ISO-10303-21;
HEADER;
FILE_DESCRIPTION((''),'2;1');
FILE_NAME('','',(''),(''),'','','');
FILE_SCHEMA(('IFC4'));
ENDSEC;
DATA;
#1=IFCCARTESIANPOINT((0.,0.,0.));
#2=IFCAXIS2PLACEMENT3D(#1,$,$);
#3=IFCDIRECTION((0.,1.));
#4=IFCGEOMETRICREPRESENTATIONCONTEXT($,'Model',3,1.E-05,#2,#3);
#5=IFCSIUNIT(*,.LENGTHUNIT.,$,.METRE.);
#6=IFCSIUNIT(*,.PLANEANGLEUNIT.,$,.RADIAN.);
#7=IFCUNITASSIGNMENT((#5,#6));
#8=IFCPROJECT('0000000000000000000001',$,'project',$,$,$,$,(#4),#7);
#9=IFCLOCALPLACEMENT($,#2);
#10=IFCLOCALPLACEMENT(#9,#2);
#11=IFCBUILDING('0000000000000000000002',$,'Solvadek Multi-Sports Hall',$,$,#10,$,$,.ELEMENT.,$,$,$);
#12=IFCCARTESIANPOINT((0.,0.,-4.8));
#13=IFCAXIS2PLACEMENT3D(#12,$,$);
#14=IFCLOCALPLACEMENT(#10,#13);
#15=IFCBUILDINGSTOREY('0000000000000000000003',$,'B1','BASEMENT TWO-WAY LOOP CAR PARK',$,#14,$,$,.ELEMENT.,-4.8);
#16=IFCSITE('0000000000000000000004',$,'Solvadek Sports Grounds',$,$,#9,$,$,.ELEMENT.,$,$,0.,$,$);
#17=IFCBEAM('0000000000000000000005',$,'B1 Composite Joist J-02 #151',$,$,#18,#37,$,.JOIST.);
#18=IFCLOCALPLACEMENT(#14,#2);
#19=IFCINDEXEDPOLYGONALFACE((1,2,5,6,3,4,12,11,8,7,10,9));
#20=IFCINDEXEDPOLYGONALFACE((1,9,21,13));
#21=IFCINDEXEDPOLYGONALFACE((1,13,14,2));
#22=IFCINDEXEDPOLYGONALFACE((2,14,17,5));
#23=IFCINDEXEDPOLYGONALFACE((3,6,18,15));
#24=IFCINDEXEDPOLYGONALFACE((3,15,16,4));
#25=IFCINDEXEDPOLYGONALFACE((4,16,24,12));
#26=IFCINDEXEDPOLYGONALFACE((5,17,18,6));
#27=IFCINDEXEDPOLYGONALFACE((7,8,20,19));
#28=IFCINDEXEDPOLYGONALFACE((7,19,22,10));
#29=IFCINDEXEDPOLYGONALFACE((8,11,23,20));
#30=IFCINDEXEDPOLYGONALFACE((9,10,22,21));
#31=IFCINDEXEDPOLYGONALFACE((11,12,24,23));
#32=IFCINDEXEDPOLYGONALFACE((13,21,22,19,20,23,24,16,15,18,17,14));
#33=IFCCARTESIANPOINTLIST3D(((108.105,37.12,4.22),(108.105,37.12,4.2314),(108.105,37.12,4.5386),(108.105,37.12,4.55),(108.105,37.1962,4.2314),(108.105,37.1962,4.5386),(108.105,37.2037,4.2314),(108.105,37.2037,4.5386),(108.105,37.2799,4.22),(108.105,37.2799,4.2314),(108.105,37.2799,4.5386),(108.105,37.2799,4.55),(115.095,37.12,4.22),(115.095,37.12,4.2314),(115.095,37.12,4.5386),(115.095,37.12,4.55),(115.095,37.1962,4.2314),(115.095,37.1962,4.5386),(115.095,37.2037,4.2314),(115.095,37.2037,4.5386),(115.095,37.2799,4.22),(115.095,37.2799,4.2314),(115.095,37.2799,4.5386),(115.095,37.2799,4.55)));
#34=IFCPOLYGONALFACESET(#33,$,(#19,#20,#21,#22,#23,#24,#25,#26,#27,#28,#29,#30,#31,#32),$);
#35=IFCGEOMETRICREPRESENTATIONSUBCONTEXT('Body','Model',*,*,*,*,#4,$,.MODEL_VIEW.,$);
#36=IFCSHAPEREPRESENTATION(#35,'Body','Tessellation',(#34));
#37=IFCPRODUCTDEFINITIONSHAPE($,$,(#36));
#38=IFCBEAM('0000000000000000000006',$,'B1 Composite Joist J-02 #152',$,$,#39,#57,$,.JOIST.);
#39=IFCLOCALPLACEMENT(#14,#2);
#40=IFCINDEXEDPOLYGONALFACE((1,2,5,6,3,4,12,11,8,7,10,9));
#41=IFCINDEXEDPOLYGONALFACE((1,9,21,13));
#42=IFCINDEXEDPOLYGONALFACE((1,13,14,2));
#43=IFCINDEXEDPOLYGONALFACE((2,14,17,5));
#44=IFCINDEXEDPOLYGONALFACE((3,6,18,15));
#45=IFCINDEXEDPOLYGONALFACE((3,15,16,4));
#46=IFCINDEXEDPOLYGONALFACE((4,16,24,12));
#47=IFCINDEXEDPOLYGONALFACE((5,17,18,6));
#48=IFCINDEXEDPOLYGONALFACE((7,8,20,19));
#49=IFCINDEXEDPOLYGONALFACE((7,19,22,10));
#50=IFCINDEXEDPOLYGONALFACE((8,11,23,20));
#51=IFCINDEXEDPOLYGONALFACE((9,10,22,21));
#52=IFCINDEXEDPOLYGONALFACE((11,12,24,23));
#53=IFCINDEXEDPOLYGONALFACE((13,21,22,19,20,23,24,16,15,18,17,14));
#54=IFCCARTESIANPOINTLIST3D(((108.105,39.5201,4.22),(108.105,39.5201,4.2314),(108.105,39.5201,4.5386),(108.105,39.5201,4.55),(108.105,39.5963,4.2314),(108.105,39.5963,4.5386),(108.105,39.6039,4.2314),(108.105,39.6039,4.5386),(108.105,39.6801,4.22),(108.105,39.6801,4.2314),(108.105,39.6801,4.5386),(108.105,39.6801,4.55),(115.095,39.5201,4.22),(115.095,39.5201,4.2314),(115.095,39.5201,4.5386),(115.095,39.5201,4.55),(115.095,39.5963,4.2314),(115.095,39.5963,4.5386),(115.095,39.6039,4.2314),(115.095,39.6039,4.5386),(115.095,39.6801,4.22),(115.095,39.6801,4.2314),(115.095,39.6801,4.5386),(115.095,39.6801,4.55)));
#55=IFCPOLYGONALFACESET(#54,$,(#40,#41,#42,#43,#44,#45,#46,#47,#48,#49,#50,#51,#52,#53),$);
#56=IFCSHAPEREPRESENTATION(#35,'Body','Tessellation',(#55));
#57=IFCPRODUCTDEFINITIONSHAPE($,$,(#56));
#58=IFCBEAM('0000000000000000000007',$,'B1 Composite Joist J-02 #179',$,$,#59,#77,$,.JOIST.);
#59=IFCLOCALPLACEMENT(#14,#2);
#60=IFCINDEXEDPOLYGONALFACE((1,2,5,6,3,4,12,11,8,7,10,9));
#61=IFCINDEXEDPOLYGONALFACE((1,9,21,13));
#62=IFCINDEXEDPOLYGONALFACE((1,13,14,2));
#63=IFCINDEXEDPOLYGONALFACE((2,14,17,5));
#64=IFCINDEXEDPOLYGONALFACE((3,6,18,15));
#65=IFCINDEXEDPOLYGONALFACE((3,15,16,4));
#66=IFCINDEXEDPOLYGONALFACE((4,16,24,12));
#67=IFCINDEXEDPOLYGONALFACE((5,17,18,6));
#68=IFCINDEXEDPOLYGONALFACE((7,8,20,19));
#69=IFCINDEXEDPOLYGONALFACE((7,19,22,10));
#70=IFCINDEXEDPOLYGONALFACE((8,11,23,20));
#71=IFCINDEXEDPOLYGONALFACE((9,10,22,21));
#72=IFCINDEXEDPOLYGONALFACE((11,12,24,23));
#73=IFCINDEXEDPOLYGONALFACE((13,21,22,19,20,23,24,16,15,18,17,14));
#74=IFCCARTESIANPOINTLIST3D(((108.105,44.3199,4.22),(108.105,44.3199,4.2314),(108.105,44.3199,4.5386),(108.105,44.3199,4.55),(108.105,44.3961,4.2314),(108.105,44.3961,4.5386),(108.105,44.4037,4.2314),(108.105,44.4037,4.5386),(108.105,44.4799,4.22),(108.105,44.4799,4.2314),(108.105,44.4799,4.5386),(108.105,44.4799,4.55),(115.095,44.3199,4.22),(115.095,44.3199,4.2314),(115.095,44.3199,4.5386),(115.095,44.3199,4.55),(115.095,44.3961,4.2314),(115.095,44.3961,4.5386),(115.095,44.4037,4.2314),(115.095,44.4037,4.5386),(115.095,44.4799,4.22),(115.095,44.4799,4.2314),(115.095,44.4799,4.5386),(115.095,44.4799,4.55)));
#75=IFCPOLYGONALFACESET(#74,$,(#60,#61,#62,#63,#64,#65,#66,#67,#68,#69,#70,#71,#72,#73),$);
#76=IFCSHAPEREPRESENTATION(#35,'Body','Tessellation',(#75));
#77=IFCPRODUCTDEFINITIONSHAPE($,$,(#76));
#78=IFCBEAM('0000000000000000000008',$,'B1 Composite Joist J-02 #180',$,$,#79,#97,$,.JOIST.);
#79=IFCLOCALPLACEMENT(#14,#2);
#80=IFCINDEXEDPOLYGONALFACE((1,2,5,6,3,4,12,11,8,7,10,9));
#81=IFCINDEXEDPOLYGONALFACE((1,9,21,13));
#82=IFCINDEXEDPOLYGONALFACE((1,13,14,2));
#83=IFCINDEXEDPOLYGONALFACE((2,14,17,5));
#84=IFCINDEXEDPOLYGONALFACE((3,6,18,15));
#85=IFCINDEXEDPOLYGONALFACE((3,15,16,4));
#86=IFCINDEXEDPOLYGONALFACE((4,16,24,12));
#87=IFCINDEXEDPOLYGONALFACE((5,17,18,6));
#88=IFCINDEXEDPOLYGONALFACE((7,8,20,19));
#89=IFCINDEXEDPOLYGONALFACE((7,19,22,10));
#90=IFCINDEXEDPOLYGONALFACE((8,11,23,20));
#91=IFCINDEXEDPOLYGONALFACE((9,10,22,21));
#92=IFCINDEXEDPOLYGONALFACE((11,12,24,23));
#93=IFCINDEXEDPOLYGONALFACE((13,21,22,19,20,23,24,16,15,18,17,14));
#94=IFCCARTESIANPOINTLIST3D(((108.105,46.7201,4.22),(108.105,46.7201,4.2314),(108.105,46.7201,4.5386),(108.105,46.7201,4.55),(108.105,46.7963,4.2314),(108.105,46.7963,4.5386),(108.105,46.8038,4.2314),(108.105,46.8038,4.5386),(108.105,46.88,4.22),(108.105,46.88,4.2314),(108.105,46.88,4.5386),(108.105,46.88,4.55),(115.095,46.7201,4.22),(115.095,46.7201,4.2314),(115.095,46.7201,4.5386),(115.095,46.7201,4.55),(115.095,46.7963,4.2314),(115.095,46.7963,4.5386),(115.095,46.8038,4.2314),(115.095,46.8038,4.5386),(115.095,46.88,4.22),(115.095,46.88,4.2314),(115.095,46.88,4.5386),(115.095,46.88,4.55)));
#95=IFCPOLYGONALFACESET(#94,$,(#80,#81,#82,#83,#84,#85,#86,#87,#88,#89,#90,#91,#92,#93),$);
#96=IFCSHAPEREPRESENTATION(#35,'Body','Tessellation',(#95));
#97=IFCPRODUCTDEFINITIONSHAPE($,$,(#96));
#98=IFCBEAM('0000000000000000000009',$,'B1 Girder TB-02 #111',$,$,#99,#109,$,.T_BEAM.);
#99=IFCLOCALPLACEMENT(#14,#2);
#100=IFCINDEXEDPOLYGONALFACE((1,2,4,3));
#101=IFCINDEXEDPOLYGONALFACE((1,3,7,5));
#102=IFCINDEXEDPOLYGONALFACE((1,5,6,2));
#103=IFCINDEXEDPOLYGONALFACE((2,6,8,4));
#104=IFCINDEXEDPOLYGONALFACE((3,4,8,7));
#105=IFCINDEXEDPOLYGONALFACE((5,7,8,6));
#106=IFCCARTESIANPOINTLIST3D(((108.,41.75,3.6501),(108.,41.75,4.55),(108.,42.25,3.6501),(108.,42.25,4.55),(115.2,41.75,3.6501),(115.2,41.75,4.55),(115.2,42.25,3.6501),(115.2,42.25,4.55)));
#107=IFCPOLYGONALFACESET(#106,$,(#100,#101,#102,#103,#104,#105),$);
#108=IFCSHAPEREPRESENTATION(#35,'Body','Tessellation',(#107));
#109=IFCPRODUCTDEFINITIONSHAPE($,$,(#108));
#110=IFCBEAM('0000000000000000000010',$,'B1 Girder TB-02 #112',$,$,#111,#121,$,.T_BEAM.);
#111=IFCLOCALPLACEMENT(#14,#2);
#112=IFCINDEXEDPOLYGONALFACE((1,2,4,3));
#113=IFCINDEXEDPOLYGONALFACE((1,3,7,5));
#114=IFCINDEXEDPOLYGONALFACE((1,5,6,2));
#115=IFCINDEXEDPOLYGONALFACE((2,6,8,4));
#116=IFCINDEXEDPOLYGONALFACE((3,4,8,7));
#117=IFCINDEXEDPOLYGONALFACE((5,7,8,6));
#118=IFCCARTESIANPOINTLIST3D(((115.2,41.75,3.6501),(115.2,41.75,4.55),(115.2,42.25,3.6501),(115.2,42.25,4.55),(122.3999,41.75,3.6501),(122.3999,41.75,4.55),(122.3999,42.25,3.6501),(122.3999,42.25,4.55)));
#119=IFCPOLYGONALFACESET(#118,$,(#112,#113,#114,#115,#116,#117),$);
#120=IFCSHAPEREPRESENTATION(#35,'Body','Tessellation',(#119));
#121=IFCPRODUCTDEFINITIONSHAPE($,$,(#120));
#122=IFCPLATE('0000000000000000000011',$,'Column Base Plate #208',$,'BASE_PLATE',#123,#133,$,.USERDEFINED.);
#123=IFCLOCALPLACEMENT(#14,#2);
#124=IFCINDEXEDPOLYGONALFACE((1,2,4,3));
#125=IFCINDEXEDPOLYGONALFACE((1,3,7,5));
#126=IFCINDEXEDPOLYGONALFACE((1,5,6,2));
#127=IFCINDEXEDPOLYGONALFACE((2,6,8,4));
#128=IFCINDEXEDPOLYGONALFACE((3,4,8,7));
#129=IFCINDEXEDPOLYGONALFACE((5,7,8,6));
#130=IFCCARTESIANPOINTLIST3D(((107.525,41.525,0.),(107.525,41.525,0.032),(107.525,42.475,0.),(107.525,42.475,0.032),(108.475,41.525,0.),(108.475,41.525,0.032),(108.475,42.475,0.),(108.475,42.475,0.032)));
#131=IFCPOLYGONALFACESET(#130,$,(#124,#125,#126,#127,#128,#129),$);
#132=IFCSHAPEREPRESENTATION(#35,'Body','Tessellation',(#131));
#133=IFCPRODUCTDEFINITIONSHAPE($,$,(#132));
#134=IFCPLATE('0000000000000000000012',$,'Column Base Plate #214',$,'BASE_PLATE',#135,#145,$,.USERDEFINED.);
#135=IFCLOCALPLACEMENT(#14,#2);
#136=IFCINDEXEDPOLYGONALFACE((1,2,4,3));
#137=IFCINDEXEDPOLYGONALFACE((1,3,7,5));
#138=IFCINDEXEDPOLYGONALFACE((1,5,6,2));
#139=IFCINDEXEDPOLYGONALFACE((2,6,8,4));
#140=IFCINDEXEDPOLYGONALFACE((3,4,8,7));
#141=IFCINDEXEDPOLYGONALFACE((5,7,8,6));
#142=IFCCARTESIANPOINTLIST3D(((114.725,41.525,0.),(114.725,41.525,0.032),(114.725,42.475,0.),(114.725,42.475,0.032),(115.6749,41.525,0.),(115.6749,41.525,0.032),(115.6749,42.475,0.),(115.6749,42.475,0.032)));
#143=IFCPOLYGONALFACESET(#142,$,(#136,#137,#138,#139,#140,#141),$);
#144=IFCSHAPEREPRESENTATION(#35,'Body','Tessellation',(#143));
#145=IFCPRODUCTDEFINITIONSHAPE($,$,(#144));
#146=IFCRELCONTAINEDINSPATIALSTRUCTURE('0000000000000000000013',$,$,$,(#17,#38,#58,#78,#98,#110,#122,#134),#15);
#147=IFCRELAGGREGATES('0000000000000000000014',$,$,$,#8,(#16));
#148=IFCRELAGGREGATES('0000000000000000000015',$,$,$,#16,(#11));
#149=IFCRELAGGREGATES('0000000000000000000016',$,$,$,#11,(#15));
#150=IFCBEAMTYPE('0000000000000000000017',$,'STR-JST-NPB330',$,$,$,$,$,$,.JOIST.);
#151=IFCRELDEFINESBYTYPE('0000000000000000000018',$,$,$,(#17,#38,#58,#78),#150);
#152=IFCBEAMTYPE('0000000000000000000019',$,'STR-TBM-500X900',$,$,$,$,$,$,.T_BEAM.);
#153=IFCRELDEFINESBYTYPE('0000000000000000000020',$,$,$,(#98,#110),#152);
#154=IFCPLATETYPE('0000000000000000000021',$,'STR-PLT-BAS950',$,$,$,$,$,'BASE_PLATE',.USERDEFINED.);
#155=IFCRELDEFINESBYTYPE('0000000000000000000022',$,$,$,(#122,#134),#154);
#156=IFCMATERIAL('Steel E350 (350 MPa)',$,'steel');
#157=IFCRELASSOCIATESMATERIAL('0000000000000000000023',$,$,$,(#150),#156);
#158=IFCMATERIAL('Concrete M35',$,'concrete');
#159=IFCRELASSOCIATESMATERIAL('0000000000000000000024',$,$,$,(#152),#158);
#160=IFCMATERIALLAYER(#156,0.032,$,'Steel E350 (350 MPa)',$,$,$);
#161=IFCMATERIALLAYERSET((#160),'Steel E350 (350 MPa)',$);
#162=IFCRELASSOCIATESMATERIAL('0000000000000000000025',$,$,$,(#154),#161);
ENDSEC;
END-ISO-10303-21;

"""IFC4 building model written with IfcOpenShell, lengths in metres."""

from ifc_helpers import new_model, si_unit, direction, frame, origin, origin_2d, place, context, subcontext, project, spatial, rectangle, i_section, extrude, material, layer, layer_set, material_profile, profile_set, type_object, element, save


model = new_model("IFC4")

# Units and contexts
model_context = context("Model", 3, precision=1e-05, world=origin(), true_north=direction((0.0, 1.0)))
body_context = subcontext(model_context, "Body", "Model", "MODEL_VIEW")
ifc_project = project(units=[si_unit("LENGTHUNIT", "METRE"), si_unit("PLANEANGLEUNIT", "RADIAN")], contexts=[model_context])

# Site, building, storey
site_placement = place(None, origin())
site = spatial("IfcSite", under=ifc_project, at=site_placement, Name="Solvadek Sports Grounds", CompositionType="ELEMENT", RefElevation=0.0)
building_placement = place(site_placement, origin())
building = spatial("IfcBuilding", under=site, at=building_placement, Name="Solvadek Multi-Sports Hall", CompositionType="ELEMENT")
storey_placement = place(building_placement, frame((0.0, 0.0, -4.8)))
storey = spatial("IfcBuildingStorey", under=building, at=storey_placement, Name="B1", Description="BASEMENT TWO-WAY LOOP CAR PARK", CompositionType="ELEMENT", Elevation=-4.8)

# Shared definitions
ifc_material_1 = material(Name="Concrete M35", Category="concrete")

# Shared definitions
ifc_material_2 = material(Name="Steel E350 (350 MPa)", Category="steel")

# Beams
ifc_material_profile_1 = material_profile(ifc_material_2, i_section(OverallWidth=0.1599, OverallDepth=0.3301, WebThickness=0.0076, FlangeThickness=0.0115, at=origin_2d()), Name="NPB 330")
ifc_profile_set_1 = profile_set([ifc_material_profile_1], Name="Steel E350 (350 MPa)")
beam_type_1 = type_object("IfcBeamType", Name="STR-JST-NPB330", PredefinedType="JOIST", material=ifc_profile_set_1)
for number, where, z_axis, x_axis, name in (
    (1, (108.105, 37.2, 4.385), (1.0, 0.0, 0.0), (0.0, 1.0, 0.0), "B1 Composite Joist J-02 #151"),
    (2, (108.105, 39.6001, 4.385), (1.0, 0.0, 0.0), (0.0, 1.0, 0.0), "B1 Composite Joist J-02 #152"),
    (3, (108.105, 44.3999, 4.385), (1.0, 0.0, 0.0), (0.0, 1.0, 0.0), "B1 Composite Joist J-02 #179"),
    (4, (108.105, 46.8, 4.385), (1.0, 0.0, 0.0), (0.0, 1.0, 0.0), "B1 Composite Joist J-02 #180"),
):
    element("IfcBeam", number, at=place(storey_placement, frame(where, z_axis=z_axis, x_axis=x_axis)), inside=storey, type_object=beam_type_1, Name=name, PredefinedType="JOIST", context=body_context, shape_type="SweptSolid", body=[
        extrude(i_section(OverallWidth=0.1599, OverallDepth=0.3301, WebThickness=0.0076, FlangeThickness=0.0115, at=origin_2d()), origin(), (0.0, 0.0, 1.0), 6.99),
    ])
ifc_material_profile_2 = material_profile(ifc_material_1, rectangle(XDim=0.5, YDim=0.8999, at=origin_2d()), Name="RC T-BEAM 500x900")
ifc_profile_set_2 = profile_set([ifc_material_profile_2], Name="Concrete M35")
beam_type_2 = type_object("IfcBeamType", Name="STR-TBM-500X900", PredefinedType="T_BEAM", material=ifc_profile_set_2)
for number, where, z_axis, x_axis, name in (
    (5, (108.0, 42.0, 4.1001), (1.0, 0.0, 0.0), (0.0, 1.0, 0.0), "B1 Girder TB-02 #111"),
    (6, (115.2, 42.0, 4.1001), (1.0, 0.0, 0.0), (0.0, 1.0, 0.0), "B1 Girder TB-02 #112"),
):
    element("IfcBeam", number, at=place(storey_placement, frame(where, z_axis=z_axis, x_axis=x_axis)), inside=storey, type_object=beam_type_2, Name=name, PredefinedType="T_BEAM", context=body_context, shape_type="SweptSolid", body=[
        extrude(rectangle(XDim=0.5, YDim=0.8999, at=origin_2d()), origin(), (0.0, 0.0, 1.0), 7.2),
    ])

# Plates
ifc_layer = layer(ifc_material_2, 0.032, Name="Steel E350 (350 MPa)")
ifc_layer_set = layer_set([ifc_layer], Name="Steel E350 (350 MPa)")
plate_type = type_object("IfcPlateType", Name="STR-PLT-BAS950", ElementType="BASE_PLATE", PredefinedType="USERDEFINED", material=ifc_layer_set)
for number, where, z_axis, x_axis, name in (
    (7, (108.0, 42.0, 0.0), (0.0, 0.0, 1.0), (1.0, 0.0, 0.0), "Column Base Plate #208"),
    (8, (115.2, 42.0, 0.0), (0.0, 0.0, 1.0), (1.0, 0.0, 0.0), "Column Base Plate #214"),
):
    element("IfcPlate", number, at=place(storey_placement, frame(where, z_axis=z_axis, x_axis=x_axis)), inside=storey, type_object=plate_type, Name=name, ObjectType="BASE_PLATE", PredefinedType="USERDEFINED", context=body_context, shape_type="SweptSolid", body=[
        extrude(rectangle(XDim=0.95, YDim=0.95, at=origin_2d()), origin(), (0.0, 0.0, 1.0), 0.032),
    ])

save(model, "model.ifc")
